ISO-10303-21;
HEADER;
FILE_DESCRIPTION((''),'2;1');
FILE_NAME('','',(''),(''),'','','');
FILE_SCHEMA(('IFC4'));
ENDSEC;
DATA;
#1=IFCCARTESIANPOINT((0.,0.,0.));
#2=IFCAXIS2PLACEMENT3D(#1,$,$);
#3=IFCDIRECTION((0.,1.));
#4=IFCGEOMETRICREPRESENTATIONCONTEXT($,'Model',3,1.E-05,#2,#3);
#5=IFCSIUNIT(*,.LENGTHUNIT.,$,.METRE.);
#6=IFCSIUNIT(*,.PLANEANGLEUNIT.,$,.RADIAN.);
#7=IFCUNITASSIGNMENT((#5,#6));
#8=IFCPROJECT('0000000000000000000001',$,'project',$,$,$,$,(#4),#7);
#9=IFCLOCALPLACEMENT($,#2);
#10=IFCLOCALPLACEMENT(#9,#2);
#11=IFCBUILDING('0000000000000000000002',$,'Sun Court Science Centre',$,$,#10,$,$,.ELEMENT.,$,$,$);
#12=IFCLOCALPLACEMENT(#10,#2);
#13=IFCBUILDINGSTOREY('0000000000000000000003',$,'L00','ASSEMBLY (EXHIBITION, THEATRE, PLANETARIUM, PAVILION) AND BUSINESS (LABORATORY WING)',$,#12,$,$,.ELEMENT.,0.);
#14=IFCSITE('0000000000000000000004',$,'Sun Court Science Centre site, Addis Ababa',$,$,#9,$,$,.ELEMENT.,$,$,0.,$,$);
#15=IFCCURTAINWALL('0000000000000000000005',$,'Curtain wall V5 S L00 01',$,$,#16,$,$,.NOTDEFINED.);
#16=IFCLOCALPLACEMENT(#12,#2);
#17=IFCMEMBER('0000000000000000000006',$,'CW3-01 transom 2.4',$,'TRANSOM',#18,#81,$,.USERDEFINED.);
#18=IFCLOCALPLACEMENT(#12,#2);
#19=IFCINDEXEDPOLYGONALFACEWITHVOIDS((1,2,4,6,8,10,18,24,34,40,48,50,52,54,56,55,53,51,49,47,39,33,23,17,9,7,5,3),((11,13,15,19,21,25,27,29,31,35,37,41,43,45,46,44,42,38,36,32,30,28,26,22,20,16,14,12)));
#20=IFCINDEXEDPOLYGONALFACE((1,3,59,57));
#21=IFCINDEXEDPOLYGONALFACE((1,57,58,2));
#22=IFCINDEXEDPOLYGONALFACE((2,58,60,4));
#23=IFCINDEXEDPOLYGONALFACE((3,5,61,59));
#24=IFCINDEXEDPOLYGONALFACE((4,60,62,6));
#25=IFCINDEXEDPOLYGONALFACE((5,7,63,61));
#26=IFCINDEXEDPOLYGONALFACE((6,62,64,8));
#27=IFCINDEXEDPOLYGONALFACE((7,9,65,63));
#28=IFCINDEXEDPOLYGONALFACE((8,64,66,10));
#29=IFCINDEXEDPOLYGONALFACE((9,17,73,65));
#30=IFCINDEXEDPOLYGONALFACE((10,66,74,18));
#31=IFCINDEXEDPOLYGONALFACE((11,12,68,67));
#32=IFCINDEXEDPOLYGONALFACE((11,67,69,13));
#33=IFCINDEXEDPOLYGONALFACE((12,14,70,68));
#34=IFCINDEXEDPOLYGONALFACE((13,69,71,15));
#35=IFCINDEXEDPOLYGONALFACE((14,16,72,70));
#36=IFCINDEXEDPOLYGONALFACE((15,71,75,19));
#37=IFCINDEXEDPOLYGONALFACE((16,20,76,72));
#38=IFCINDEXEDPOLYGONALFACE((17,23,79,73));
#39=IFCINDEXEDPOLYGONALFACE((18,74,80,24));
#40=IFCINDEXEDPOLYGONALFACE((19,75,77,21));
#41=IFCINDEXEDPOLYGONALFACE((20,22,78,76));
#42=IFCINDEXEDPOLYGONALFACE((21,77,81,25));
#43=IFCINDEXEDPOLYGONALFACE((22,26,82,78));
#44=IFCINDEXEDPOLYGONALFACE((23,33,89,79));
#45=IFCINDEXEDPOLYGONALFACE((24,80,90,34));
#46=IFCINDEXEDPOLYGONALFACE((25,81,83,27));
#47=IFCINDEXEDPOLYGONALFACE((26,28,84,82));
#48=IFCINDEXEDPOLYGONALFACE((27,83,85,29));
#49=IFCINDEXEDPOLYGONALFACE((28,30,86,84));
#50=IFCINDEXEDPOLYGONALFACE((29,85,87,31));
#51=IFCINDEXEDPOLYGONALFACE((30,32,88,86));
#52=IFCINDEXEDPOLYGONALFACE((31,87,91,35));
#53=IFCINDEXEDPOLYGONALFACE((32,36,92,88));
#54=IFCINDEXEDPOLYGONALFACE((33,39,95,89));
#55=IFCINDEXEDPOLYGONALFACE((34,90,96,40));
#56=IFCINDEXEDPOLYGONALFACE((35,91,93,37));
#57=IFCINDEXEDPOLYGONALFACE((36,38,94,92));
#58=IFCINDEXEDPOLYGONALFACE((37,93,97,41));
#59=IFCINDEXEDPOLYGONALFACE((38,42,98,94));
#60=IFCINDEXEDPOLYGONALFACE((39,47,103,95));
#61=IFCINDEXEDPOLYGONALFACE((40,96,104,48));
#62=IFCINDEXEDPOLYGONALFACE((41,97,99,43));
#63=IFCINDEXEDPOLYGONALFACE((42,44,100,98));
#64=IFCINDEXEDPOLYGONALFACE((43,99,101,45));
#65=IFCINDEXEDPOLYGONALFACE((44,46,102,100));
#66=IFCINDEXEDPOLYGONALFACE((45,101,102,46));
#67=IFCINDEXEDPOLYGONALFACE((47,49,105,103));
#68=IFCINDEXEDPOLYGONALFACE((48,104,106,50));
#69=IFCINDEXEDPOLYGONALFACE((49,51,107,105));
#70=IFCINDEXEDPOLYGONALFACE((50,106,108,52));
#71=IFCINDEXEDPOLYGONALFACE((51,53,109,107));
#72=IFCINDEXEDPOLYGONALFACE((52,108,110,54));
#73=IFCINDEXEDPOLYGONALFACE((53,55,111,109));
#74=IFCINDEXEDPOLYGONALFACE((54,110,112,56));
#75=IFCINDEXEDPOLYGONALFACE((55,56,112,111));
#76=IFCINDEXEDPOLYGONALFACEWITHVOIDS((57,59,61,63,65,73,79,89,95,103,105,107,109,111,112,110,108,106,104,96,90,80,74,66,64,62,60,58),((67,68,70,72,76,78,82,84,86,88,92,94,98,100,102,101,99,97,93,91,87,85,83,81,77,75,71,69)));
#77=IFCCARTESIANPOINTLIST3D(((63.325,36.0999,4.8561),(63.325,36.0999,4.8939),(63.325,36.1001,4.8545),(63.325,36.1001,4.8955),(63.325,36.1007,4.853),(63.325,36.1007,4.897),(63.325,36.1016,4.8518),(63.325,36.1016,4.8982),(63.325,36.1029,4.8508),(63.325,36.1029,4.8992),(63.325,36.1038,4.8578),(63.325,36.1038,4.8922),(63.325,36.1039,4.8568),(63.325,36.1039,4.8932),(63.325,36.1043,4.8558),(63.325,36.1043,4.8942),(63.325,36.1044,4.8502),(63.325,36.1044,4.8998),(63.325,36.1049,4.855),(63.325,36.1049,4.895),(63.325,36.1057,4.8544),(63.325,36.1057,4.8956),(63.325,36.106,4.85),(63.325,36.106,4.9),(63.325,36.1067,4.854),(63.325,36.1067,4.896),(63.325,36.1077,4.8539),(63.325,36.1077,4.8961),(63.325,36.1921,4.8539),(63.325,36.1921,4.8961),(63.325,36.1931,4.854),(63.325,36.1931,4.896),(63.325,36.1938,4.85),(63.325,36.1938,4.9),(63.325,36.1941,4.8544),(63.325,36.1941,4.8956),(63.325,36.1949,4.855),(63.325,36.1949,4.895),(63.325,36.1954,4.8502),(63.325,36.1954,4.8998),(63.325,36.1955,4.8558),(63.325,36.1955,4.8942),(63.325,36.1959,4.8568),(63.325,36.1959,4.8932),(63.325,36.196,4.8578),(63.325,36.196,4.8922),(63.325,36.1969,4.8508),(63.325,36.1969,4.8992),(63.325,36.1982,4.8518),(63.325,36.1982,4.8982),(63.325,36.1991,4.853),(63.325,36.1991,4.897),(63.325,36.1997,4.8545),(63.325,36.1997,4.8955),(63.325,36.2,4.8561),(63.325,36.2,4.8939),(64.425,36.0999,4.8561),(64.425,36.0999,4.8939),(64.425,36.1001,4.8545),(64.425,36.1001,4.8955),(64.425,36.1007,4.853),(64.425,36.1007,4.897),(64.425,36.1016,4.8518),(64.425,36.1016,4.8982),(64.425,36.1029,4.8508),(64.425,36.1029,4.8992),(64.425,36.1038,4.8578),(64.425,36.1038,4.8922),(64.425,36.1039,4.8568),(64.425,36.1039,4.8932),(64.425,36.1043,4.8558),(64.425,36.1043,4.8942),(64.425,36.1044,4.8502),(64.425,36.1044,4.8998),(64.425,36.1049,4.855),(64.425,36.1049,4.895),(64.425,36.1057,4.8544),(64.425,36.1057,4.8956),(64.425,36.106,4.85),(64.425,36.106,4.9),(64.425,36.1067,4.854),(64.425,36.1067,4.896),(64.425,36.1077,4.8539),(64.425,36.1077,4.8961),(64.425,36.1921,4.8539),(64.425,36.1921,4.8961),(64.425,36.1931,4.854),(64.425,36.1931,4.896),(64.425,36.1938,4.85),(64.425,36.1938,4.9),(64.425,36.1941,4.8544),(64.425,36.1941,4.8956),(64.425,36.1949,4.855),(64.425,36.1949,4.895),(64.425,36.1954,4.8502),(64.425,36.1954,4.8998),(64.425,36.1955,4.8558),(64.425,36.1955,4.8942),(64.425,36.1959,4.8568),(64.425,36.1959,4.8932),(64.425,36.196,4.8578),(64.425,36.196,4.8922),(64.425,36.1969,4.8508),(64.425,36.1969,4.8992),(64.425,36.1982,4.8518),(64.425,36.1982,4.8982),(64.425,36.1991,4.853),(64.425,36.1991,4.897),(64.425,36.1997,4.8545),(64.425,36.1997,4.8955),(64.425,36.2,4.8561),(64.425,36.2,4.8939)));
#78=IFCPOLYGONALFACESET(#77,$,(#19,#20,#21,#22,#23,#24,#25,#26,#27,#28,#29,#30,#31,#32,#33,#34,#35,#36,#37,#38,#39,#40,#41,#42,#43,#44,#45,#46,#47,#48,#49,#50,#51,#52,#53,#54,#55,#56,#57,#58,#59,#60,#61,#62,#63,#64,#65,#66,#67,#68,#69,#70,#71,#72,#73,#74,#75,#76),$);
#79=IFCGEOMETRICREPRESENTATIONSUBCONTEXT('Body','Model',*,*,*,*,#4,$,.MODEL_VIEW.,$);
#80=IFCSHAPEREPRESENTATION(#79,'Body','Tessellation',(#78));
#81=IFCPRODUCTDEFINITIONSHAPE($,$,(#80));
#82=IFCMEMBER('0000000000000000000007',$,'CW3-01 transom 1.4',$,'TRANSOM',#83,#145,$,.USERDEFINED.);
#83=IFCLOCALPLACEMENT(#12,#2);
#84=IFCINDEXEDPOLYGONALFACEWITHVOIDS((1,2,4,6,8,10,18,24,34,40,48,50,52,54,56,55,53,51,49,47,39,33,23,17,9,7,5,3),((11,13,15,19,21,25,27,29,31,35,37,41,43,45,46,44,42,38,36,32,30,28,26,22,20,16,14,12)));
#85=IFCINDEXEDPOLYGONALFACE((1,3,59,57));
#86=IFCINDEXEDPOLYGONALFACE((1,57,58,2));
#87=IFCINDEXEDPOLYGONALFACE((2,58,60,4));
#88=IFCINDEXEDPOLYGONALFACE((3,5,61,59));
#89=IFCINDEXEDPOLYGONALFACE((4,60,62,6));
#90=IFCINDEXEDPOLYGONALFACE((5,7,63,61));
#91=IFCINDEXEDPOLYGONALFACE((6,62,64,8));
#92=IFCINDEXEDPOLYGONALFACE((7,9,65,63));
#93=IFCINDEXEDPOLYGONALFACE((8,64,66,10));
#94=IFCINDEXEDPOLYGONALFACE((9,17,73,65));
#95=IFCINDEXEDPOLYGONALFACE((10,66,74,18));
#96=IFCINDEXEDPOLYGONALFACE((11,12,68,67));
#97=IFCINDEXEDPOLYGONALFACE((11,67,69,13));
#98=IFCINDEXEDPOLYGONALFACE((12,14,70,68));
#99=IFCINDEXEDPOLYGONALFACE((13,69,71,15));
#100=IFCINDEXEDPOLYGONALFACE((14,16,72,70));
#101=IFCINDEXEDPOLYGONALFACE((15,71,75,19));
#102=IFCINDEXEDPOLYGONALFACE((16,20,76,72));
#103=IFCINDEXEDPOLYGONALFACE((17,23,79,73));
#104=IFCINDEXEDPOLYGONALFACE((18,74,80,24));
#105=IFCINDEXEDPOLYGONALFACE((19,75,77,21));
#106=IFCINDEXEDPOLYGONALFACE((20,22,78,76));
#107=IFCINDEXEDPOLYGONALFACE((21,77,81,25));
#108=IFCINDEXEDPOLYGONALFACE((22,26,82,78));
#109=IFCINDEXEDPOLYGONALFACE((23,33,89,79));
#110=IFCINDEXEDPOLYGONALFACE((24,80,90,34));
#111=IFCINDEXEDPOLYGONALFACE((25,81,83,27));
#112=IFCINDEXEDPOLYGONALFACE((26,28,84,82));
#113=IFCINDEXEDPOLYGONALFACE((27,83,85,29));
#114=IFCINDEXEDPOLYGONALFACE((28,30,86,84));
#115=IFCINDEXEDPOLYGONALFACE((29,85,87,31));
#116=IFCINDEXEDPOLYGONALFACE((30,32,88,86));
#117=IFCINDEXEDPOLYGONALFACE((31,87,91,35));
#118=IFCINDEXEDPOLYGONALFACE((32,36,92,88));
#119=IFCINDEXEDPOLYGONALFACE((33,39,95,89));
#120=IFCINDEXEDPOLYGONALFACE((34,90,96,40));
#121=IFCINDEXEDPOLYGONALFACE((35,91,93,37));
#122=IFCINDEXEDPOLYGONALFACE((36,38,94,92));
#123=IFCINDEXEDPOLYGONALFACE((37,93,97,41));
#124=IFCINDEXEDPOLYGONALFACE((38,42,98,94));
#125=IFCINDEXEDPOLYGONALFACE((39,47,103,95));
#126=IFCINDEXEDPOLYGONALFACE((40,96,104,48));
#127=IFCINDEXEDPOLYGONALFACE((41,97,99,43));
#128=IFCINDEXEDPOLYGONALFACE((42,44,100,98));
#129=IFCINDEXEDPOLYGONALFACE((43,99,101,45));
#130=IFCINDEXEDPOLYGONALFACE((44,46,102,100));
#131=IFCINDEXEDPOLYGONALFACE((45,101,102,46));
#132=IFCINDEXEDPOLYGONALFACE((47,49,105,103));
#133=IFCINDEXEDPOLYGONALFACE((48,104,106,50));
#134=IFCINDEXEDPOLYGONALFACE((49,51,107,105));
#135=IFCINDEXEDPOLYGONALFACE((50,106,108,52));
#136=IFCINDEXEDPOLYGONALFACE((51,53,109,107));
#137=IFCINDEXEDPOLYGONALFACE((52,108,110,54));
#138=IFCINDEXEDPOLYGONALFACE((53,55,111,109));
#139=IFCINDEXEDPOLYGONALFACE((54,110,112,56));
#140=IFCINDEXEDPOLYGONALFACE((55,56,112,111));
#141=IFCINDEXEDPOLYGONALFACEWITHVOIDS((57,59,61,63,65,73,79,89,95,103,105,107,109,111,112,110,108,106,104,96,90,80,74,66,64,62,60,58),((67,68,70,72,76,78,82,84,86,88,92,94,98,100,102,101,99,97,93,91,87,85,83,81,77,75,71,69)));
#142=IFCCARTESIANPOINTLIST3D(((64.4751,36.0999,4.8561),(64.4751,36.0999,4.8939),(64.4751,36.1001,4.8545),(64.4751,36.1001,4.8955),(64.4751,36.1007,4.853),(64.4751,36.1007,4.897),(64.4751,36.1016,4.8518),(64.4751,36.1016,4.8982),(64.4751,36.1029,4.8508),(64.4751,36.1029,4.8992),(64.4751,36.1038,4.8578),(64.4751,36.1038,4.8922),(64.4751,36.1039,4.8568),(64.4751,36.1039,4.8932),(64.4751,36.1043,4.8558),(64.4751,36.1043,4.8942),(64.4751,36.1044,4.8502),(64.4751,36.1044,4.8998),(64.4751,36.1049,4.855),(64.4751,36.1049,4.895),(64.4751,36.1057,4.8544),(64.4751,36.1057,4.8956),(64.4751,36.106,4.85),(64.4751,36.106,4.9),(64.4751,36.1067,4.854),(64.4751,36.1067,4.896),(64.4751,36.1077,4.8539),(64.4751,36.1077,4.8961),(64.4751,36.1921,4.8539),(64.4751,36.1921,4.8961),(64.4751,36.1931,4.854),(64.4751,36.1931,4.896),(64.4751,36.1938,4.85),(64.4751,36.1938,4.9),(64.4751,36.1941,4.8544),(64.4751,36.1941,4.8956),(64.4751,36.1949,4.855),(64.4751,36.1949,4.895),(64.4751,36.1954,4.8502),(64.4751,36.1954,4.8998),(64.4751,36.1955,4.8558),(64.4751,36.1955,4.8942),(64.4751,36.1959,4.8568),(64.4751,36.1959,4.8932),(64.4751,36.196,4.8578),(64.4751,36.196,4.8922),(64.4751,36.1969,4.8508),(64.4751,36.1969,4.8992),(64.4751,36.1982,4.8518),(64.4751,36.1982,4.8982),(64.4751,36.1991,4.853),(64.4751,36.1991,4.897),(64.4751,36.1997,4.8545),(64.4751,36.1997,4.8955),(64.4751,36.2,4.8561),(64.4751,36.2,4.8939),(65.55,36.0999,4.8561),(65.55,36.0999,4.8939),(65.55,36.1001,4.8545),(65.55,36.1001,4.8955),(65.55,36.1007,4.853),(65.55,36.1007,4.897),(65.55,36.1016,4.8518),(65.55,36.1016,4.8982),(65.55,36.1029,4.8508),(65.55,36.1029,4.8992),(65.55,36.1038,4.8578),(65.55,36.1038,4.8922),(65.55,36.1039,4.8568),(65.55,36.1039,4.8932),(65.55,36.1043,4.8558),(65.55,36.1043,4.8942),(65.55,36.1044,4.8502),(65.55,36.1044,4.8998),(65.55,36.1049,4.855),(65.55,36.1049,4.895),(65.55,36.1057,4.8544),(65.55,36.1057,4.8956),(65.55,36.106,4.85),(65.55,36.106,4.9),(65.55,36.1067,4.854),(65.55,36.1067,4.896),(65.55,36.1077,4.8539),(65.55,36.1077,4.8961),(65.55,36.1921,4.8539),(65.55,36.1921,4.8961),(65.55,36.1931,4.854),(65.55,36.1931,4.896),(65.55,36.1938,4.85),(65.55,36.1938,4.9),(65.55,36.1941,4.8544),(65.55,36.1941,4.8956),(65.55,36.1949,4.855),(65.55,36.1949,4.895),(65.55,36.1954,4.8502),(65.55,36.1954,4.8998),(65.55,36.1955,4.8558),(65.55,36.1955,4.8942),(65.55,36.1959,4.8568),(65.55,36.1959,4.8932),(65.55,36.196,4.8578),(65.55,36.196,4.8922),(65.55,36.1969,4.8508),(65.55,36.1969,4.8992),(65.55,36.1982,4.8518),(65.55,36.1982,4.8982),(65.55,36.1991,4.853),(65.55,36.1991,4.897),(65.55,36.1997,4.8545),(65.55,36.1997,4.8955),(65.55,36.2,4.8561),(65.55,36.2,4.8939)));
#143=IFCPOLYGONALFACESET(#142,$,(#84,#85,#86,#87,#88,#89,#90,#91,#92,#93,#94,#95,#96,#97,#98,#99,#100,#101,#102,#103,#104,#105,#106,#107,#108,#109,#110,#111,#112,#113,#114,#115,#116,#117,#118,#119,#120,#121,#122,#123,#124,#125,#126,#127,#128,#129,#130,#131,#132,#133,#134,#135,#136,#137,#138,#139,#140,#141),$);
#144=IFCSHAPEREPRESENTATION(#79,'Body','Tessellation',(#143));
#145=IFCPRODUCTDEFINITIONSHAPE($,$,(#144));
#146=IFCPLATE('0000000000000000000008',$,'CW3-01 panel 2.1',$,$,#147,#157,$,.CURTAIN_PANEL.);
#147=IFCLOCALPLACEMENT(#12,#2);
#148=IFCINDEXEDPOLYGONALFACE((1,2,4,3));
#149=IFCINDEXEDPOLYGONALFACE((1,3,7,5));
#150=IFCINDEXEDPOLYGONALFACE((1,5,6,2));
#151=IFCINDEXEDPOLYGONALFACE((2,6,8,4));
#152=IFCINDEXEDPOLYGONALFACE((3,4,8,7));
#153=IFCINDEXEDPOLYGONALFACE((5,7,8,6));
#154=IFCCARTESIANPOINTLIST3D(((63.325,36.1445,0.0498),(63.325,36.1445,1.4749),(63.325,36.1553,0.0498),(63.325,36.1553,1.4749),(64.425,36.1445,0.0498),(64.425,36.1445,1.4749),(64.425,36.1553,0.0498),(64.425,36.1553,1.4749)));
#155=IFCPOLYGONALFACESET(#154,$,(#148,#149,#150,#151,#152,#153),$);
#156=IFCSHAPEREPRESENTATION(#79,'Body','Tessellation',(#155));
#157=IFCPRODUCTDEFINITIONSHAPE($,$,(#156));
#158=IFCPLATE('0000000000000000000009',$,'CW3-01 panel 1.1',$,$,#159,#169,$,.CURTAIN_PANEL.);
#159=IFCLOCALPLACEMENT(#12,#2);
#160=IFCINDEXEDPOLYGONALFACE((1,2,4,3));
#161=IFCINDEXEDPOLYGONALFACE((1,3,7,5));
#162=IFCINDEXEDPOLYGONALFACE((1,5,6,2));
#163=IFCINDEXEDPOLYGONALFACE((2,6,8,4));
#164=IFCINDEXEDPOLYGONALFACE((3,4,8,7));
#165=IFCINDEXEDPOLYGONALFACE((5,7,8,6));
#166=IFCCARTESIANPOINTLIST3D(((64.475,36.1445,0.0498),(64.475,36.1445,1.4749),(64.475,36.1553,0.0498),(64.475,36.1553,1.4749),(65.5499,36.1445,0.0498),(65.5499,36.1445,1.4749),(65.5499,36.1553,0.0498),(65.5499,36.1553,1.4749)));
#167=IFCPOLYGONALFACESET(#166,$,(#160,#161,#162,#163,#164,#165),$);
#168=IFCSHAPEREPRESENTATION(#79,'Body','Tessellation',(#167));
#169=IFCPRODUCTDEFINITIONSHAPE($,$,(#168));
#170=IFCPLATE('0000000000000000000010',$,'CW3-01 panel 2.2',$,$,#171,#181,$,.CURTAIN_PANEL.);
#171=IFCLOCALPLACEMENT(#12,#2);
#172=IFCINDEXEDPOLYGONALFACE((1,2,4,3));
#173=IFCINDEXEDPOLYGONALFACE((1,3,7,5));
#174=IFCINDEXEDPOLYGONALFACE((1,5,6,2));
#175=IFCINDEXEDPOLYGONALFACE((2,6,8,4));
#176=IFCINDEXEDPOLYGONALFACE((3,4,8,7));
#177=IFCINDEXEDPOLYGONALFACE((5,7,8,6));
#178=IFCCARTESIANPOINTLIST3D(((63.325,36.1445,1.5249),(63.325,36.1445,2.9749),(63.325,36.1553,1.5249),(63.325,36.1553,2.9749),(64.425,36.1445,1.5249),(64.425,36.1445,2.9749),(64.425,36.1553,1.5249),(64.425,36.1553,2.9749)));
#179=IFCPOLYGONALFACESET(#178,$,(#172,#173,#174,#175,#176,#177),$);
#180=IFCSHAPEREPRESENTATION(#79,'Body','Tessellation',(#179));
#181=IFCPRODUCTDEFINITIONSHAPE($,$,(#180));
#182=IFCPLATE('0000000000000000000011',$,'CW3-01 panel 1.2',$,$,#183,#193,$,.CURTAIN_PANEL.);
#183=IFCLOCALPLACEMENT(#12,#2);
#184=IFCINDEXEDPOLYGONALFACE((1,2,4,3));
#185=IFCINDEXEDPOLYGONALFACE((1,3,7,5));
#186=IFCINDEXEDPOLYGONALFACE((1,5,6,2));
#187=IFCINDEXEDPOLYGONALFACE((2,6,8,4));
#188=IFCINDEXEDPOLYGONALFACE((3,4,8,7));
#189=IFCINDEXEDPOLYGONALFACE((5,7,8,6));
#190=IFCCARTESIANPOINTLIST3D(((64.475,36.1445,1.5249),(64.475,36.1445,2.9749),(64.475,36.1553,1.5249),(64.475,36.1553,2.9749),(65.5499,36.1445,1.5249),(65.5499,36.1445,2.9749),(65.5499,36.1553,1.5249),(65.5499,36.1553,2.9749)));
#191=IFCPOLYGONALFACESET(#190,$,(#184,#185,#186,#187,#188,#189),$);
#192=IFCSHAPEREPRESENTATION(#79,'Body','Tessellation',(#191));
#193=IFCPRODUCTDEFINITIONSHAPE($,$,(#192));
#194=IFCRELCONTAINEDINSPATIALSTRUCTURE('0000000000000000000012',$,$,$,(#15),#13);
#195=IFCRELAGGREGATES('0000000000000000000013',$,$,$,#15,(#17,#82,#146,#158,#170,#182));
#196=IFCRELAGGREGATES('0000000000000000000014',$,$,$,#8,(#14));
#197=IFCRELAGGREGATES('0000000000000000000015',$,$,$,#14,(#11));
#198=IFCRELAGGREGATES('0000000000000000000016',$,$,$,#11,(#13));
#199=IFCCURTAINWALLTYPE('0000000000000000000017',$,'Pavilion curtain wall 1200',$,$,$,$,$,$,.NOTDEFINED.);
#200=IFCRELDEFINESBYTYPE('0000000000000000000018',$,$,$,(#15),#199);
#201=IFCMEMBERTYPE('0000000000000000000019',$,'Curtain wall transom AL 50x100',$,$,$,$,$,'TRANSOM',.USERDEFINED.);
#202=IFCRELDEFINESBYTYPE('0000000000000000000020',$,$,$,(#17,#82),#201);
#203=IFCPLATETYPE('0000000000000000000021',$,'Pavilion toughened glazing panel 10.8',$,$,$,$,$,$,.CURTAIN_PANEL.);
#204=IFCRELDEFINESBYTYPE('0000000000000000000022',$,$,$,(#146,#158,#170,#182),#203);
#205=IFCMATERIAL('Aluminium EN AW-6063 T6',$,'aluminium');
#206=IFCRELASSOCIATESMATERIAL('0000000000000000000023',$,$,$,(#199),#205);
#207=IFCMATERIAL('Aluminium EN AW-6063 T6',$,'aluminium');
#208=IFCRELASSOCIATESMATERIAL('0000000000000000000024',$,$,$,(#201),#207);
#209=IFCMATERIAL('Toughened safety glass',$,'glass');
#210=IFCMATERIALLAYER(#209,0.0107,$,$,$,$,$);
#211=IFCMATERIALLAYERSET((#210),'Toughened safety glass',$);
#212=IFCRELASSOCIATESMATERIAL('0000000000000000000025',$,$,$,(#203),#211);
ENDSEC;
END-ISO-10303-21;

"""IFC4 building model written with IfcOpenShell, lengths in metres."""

from ifc_helpers import new_model, si_unit, direction, frame, origin, origin_2d, place, context, subcontext, project, spatial, rectangle, hollow_rectangle, extrude, material, layer, layer_set, material_profile, profile_set, type_object, element, aggregate, save


model = new_model("IFC4")

# Units and contexts
model_context = context("Model", 3, precision=1e-05, world=origin(), true_north=direction((0.0, 1.0)))
body_context = subcontext(model_context, "Body", "Model", "MODEL_VIEW")
ifc_project = project(units=[si_unit("LENGTHUNIT", "METRE"), si_unit("PLANEANGLEUNIT", "RADIAN")], contexts=[model_context])

# Site, building, storey
site_placement = place(None, origin())
site = spatial("IfcSite", under=ifc_project, at=site_placement, Name="Sun Court Science Centre site, Addis Ababa", CompositionType="ELEMENT", RefElevation=0.0)
building_placement = place(site_placement, origin())
building = spatial("IfcBuilding", under=site, at=building_placement, Name="Sun Court Science Centre", CompositionType="ELEMENT")
storey_placement = place(building_placement, origin())
storey = spatial("IfcBuildingStorey", under=building, at=storey_placement, Name="L00", Description="ASSEMBLY (EXHIBITION, THEATRE, PLANETARIUM, PAVILION) AND BUSINESS (LABORATORY WING)", CompositionType="ELEMENT", Elevation=0.0)

# Curtain wall, members, plates
ifc_material_1 = material(Name="Aluminium EN AW-6063 T6", Category="aluminium")
curtain_wall_type = type_object("IfcCurtainWallType", Name="Pavilion curtain wall 1200", PredefinedType="NOTDEFINED", material=ifc_material_1)
curtain_wall_placement = place(storey_placement, origin())
curtain_wall = element("IfcCurtainWall", 1, at=curtain_wall_placement, inside=storey, type_object=curtain_wall_type, Name="Curtain wall V5 S L00 01", PredefinedType="NOTDEFINED")
ifc_material_2 = material(Name="Aluminium EN AW-6063 T6", Category="aluminium")
ifc_material_profile_1 = material_profile(ifc_material_2, hollow_rectangle(XDim=0.05, YDim=0.1001, WallThickness=0.0039, InnerFilletRadius=0.0039, OuterFilletRadius=0.0061, at=origin_2d()), Name="AL 50x100x4")
ifc_profile_set_1 = profile_set([ifc_material_profile_1], Name="Aluminium EN AW-6063 T6")
member_type_1 = type_object("IfcMemberType", Name="Curtain wall transom AL 50x100", ElementType="TRANSOM", PredefinedType="USERDEFINED", material=ifc_profile_set_1)
member_1_placement = place(storey_placement, frame((64.425, 36.1499, 4.875), z_axis=(-1.0, 0.0, 0.0), x_axis=(0.0, 0.0, 1.0)))
member_1 = element("IfcMember", 2, at=member_1_placement, type_object=member_type_1, Name="CW3-01 transom 2.4", ObjectType="TRANSOM", PredefinedType="USERDEFINED", context=body_context, shape_type="SweptSolid", body=[
    extrude(hollow_rectangle(XDim=0.05, YDim=0.1001, WallThickness=0.0039, InnerFilletRadius=0.0039, OuterFilletRadius=0.0061, at=origin_2d()), origin(), (0.0, 0.0, 1.0), 1.1001),
])
member_2_placement = place(storey_placement, frame((65.55, 36.1499, 4.875), z_axis=(-1.0, 0.0, 0.0), x_axis=(0.0, 0.0, 1.0)))
member_2 = element("IfcMember", 3, at=member_2_placement, type_object=member_type_1, Name="CW3-01 transom 1.4", ObjectType="TRANSOM", PredefinedType="USERDEFINED", context=body_context, shape_type="SweptSolid", body=[
    extrude(hollow_rectangle(XDim=0.05, YDim=0.1001, WallThickness=0.0039, InnerFilletRadius=0.0039, OuterFilletRadius=0.0061, at=origin_2d()), origin(), (0.0, 0.0, 1.0), 1.075),
])
ifc_material_3 = material(Name="Toughened safety glass", Category="glass")
ifc_layer_1 = layer(ifc_material_3, 0.0107)
ifc_layer_set_1 = layer_set([ifc_layer_1], Name="Toughened safety glass")
plate_type = type_object("IfcPlateType", Name="Pavilion toughened glazing panel 10.8", PredefinedType="CURTAIN_PANEL", material=ifc_layer_set_1)
plate_1_placement = place(storey_placement, frame((63.875, 36.1499, 0.0498), z_axis=(0.0, 0.0, 1.0), x_axis=(-1.0, 0.0, 0.0)))
plate_1 = element("IfcPlate", 4, at=plate_1_placement, type_object=plate_type, Name="CW3-01 panel 2.1", PredefinedType="CURTAIN_PANEL", context=body_context, shape_type="SweptSolid", body=[
    extrude(rectangle(XDim=1.1001, YDim=0.0107, at=origin_2d()), origin(), (0.0, 0.0, 1.0), 1.425),
])
plate_2_placement = place(storey_placement, frame((65.0125, 36.1499, 0.0498), z_axis=(0.0, 0.0, 1.0), x_axis=(-1.0, 0.0, 0.0)))
plate_2 = element("IfcPlate", 5, at=plate_2_placement, type_object=plate_type, Name="CW3-01 panel 1.1", PredefinedType="CURTAIN_PANEL", context=body_context, shape_type="SweptSolid", body=[
    extrude(rectangle(XDim=1.075, YDim=0.0107, at=origin_2d()), origin(), (0.0, 0.0, 1.0), 1.425),
])
plate_3_placement = place(storey_placement, frame((63.875, 36.1499, 1.5249), z_axis=(0.0, 0.0, 1.0), x_axis=(-1.0, 0.0, 0.0)))
plate_3 = element("IfcPlate", 6, at=plate_3_placement, type_object=plate_type, Name="CW3-01 panel 2.2", PredefinedType="CURTAIN_PANEL", context=body_context, shape_type="SweptSolid", body=[
    extrude(rectangle(XDim=1.1001, YDim=0.0107, at=origin_2d()), origin(), (0.0, 0.0, 1.0), 1.45),
])
plate_4_placement = place(storey_placement, frame((65.0125, 36.1499, 1.5249), z_axis=(0.0, 0.0, 1.0), x_axis=(-1.0, 0.0, 0.0)))
plate_4 = element("IfcPlate", 7, at=plate_4_placement, type_object=plate_type, Name="CW3-01 panel 1.2", PredefinedType="CURTAIN_PANEL", context=body_context, shape_type="SweptSolid", body=[
    extrude(rectangle(XDim=1.075, YDim=0.0107, at=origin_2d()), origin(), (0.0, 0.0, 1.0), 1.45),
])
aggregate(curtain_wall, [member_1, member_2, plate_1, plate_2, plate_3, plate_4])

save(model, "model.ifc")
